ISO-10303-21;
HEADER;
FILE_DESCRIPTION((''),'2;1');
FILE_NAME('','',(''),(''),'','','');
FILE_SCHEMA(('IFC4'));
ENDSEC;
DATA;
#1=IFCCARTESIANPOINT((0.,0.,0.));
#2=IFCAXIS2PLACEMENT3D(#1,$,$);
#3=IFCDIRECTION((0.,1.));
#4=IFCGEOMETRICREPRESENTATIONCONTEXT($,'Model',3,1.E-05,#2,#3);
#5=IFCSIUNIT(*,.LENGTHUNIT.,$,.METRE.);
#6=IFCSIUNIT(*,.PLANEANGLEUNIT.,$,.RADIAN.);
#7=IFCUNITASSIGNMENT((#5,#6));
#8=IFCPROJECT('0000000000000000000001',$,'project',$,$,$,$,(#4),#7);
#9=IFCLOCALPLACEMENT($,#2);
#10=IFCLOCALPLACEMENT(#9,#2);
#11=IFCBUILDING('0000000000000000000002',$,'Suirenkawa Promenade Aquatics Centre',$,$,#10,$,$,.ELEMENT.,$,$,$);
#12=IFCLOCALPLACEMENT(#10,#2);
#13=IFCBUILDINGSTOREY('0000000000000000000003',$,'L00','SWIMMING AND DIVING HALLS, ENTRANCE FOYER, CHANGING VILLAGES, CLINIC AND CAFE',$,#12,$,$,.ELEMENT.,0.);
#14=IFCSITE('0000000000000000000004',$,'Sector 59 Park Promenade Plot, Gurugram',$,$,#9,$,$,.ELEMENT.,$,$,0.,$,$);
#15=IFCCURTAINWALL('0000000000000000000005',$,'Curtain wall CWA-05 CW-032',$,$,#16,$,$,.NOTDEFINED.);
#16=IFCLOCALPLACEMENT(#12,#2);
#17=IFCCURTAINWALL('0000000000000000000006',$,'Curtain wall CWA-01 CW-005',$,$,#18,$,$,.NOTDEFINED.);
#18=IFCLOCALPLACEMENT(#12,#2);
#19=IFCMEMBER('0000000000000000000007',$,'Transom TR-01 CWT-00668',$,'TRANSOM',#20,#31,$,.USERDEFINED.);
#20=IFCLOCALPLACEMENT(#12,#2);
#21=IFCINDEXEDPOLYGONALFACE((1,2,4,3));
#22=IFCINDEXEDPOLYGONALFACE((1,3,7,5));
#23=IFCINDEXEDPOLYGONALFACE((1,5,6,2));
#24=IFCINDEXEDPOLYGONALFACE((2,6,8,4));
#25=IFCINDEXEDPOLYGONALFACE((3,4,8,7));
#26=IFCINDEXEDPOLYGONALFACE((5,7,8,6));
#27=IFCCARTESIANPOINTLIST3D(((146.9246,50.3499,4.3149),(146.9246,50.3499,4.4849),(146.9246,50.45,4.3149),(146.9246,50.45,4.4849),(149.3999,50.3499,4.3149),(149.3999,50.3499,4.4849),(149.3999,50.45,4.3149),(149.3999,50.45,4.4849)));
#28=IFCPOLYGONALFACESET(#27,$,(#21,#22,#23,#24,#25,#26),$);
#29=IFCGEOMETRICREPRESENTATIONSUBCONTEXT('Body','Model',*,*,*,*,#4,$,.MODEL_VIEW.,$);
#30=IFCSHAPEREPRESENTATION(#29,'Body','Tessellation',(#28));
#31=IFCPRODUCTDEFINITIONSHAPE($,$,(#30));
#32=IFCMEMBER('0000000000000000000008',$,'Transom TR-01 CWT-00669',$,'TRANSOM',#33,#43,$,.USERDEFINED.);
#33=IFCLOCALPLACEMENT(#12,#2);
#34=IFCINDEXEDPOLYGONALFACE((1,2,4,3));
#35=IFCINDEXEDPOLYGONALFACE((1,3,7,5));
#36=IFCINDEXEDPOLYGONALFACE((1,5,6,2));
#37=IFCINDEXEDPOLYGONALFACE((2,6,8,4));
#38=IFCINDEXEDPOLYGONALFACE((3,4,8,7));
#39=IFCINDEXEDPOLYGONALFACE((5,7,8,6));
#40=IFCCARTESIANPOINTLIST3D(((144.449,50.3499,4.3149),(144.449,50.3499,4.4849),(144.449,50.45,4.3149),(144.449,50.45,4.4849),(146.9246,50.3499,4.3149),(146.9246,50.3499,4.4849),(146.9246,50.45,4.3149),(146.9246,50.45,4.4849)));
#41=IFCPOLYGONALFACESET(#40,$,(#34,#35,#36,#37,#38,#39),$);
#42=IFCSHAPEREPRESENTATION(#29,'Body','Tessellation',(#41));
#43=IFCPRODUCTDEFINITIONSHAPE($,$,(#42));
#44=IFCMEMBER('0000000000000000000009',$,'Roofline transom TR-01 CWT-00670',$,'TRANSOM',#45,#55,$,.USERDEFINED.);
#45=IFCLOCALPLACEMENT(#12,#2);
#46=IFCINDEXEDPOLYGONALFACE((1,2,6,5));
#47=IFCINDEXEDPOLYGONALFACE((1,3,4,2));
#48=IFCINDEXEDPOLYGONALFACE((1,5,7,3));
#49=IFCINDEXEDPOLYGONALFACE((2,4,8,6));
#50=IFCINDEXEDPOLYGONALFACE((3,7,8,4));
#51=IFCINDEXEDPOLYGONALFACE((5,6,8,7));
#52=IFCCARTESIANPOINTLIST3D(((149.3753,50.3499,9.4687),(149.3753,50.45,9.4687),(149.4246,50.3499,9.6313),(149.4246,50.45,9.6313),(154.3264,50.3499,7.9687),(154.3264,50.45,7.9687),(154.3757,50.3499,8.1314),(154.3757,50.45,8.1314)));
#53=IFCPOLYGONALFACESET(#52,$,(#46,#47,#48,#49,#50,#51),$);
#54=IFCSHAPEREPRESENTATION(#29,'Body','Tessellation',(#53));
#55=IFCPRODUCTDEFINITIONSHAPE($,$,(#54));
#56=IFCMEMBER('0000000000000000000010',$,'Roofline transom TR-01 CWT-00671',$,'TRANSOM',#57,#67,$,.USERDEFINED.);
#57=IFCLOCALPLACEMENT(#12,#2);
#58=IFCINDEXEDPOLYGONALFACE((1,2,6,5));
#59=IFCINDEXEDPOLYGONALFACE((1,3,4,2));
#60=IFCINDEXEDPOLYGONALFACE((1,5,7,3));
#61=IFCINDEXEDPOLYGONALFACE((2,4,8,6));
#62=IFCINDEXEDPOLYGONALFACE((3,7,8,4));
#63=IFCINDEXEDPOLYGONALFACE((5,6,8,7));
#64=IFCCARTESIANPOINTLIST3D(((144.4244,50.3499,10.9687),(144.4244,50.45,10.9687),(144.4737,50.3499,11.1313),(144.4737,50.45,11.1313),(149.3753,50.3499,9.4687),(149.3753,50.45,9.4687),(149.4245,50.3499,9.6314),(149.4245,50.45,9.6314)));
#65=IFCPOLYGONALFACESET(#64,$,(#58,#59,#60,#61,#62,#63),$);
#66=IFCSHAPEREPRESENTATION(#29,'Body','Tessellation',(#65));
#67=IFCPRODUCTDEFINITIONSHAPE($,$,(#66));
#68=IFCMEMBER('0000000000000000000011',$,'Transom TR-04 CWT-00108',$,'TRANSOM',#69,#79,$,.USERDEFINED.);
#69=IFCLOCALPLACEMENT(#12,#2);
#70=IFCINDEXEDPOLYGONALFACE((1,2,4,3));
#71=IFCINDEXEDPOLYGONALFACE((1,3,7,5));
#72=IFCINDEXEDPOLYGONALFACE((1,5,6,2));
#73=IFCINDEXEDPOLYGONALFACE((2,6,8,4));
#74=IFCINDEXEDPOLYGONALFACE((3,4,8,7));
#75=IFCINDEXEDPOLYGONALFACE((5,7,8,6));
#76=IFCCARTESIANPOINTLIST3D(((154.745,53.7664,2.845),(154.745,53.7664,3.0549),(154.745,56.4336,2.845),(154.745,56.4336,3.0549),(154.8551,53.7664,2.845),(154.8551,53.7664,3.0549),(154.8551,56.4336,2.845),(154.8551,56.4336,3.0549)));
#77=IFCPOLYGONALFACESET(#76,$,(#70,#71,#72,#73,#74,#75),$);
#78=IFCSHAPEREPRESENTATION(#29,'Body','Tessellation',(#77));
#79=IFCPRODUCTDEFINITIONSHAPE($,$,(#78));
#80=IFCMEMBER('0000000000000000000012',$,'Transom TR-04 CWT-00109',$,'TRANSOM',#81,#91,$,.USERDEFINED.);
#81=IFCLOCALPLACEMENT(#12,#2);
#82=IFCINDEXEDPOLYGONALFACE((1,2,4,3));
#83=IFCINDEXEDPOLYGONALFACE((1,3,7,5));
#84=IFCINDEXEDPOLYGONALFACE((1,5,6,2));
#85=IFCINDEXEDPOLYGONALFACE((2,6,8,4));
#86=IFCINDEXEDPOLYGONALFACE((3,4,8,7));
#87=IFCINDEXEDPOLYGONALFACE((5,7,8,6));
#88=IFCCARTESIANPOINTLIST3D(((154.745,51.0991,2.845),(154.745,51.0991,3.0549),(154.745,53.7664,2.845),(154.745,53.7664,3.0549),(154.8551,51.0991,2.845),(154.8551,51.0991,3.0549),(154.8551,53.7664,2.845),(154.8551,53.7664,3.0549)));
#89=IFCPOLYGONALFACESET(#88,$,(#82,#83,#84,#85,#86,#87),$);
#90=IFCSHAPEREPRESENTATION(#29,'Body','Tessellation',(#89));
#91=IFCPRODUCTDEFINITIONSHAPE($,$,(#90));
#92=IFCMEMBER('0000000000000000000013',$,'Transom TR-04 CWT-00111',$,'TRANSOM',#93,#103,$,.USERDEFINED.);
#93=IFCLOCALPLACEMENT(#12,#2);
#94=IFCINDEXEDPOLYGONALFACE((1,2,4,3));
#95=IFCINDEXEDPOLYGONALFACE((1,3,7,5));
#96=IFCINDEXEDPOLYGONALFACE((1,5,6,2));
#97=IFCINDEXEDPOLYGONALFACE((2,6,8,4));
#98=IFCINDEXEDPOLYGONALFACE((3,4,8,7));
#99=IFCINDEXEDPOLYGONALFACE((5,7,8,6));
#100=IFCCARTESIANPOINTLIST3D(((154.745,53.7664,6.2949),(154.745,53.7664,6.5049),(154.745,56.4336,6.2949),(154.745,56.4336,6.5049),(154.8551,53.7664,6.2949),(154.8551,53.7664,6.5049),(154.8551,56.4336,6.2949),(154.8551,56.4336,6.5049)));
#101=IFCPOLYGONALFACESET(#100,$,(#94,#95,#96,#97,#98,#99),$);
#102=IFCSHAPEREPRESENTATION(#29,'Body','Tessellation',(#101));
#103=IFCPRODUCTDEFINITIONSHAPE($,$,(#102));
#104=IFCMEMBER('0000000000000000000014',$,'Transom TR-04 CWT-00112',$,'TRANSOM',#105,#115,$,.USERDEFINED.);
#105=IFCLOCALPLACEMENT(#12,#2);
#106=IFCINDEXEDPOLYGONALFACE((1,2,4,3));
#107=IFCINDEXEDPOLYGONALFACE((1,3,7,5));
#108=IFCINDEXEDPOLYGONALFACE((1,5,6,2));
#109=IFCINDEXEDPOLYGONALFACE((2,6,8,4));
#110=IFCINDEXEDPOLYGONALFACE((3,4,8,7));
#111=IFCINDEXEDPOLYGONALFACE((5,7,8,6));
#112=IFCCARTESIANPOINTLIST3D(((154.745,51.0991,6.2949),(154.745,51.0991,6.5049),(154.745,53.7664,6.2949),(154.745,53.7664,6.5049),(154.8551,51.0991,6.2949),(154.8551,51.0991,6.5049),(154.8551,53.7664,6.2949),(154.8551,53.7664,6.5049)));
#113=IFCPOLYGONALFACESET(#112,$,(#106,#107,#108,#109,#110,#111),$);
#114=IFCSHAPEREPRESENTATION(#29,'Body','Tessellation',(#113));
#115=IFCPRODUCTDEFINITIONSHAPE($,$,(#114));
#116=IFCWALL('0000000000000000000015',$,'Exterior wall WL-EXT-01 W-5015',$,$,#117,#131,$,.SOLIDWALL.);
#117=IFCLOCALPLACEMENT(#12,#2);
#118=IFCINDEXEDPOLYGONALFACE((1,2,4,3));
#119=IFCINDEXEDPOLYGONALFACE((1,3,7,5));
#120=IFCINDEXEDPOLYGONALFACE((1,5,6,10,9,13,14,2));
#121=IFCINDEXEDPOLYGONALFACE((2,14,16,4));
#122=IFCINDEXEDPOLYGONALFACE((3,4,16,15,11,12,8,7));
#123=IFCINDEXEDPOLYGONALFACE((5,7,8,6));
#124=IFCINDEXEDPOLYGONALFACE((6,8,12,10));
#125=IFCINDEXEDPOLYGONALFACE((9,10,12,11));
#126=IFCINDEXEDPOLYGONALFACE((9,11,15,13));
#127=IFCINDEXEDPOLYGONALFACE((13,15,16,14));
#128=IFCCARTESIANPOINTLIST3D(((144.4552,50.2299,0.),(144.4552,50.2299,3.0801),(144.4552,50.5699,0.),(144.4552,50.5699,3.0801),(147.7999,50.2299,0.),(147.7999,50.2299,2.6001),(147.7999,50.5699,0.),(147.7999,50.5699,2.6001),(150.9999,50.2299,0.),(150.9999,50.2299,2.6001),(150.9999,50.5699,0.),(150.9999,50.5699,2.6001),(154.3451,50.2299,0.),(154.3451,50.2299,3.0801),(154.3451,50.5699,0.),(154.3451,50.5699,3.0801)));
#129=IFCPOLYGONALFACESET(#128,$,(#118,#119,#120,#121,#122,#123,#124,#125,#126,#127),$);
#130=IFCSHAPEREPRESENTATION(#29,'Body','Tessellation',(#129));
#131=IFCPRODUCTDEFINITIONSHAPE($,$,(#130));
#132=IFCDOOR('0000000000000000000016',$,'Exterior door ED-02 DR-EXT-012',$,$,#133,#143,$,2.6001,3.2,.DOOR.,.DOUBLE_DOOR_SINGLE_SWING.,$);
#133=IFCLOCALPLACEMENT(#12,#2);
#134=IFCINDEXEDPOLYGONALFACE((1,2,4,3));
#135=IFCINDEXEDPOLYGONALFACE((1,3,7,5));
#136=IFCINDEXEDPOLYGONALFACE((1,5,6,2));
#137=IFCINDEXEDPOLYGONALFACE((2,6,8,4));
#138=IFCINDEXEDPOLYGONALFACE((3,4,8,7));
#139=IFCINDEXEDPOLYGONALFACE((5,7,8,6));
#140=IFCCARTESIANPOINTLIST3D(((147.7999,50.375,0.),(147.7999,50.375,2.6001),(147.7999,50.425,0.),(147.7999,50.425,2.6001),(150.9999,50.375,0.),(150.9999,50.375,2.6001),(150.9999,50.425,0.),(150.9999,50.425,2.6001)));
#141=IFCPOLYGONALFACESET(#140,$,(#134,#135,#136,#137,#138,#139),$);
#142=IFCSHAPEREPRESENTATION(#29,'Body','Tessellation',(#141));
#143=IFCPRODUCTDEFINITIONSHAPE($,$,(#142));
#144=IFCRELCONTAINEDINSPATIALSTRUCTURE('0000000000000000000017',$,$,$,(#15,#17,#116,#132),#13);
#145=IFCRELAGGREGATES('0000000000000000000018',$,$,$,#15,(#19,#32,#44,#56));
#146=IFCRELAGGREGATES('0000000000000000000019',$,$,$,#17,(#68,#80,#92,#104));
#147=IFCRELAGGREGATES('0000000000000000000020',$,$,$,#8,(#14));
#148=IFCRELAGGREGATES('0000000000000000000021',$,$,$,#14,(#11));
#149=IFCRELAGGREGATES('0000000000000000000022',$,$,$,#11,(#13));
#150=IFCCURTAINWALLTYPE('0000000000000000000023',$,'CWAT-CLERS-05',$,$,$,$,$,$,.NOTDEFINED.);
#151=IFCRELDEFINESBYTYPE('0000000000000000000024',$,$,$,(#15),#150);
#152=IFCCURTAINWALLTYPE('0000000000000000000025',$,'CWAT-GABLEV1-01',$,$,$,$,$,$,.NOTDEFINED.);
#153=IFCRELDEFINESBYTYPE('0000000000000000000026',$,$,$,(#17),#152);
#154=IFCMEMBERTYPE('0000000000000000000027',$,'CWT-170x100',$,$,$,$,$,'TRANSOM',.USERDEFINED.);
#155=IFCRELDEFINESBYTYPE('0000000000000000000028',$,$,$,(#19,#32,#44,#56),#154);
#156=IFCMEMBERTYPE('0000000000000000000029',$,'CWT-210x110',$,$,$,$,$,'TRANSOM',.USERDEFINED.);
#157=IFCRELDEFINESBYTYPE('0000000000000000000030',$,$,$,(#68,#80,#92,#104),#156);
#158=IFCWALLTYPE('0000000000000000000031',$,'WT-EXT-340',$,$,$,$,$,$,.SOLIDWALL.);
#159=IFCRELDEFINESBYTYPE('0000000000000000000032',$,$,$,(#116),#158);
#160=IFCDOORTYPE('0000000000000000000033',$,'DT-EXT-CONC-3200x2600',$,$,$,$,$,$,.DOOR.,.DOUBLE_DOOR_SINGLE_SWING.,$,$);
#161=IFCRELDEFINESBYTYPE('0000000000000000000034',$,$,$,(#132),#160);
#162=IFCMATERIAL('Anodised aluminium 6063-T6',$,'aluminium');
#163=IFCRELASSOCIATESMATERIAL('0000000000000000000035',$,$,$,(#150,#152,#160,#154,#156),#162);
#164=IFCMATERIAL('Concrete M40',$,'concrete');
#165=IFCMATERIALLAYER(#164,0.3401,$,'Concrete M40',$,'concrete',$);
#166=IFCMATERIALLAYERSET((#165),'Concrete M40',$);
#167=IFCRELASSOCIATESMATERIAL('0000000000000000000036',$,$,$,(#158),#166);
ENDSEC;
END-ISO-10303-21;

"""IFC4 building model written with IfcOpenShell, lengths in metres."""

from ifc_helpers import new_model, si_unit, direction, frame, frame_2d, origin, origin_2d, place, context, subcontext, project, spatial, rectangle, extrude, material, layer, layer_set, material_profile, profile_set, type_object, element, fill, aggregate, save


model = new_model("IFC4")

# Units and contexts
model_context = context("Model", 3, precision=1e-05, world=origin(), true_north=direction((0.0, 1.0)))
body_context = subcontext(model_context, "Body", "Model", "MODEL_VIEW")
ifc_project = project(units=[si_unit("LENGTHUNIT", "METRE"), si_unit("PLANEANGLEUNIT", "RADIAN")], contexts=[model_context])

# Site, building, storey
site_placement = place(None, origin())
site = spatial("IfcSite", under=ifc_project, at=site_placement, Name="Sector 59 Park Promenade Plot, Gurugram", CompositionType="ELEMENT", RefElevation=0.0)
building_placement = place(site_placement, origin())
building = spatial("IfcBuilding", under=site, at=building_placement, Name="Suirenkawa Promenade Aquatics Centre", CompositionType="ELEMENT")
storey_placement = place(building_placement, origin())
storey = spatial("IfcBuildingStorey", under=building, at=storey_placement, Name="L00", Description="SWIMMING AND DIVING HALLS, ENTRANCE FOYER, CHANGING VILLAGES, CLINIC AND CAFE", CompositionType="ELEMENT", Elevation=0.0)

# Shared definitions
ifc_material_1 = material(Name="Concrete M40", Category="concrete")

# Curtain walls
ifc_material_2 = material(Name="Anodised aluminium 6063-T6", Category="aluminium")
curtain_wall_type_1 = type_object("IfcCurtainWallType", Name="CWAT-CLERS-05", PredefinedType="NOTDEFINED", material=ifc_material_2)
curtain_wall_1_placement = place(storey_placement, origin())
curtain_wall_1 = element("IfcCurtainWall", 1, at=curtain_wall_1_placement, inside=storey, type_object=curtain_wall_type_1, Name="Curtain wall CWA-05 CW-032", PredefinedType="NOTDEFINED")
curtain_wall_type_2 = type_object("IfcCurtainWallType", Name="CWAT-GABLEV1-01", PredefinedType="NOTDEFINED", material=ifc_material_2)
curtain_wall_2_placement = place(storey_placement, origin())
curtain_wall_2 = element("IfcCurtainWall", 2, at=curtain_wall_2_placement, inside=storey, type_object=curtain_wall_type_2, Name="Curtain wall CWA-01 CW-005", PredefinedType="NOTDEFINED")

# Members
ifc_material_profile_1 = material_profile(ifc_material_2, rectangle(XDim=0.1001, YDim=0.1699, at=origin_2d()), Name="ALU TRAN 100x170", Category="aluminium")
ifc_profile_set_1 = profile_set([ifc_material_profile_1], Name="Anodised aluminium 6063-T6")
member_type_1 = type_object("IfcMemberType", Name="CWT-170x100", ElementType="TRANSOM", PredefinedType="USERDEFINED", material=ifc_profile_set_1)
member_1_placement = place(storey_placement, frame((149.3999, 50.3999, 4.3999), z_axis=(-1.0, 0.0, 0.0), x_axis=(0.0, -1.0, 0.0)))
member_1 = element("IfcMember", 3, at=member_1_placement, type_object=member_type_1, Name="Transom TR-01 CWT-00668", ObjectType="TRANSOM", PredefinedType="USERDEFINED", context=body_context, shape_type="SweptSolid", body=[
    extrude(rectangle(XDim=0.1001, YDim=0.1699, at=origin_2d()), origin(), (0.0, 0.0, 1.0), 2.4753),
])
member_2_placement = place(storey_placement, frame((146.9246, 50.3999, 4.3999), z_axis=(-1.0, 0.0, 0.0), x_axis=(0.0, -1.0, 0.0)))
member_2 = element("IfcMember", 4, at=member_2_placement, type_object=member_type_1, Name="Transom TR-01 CWT-00669", ObjectType="TRANSOM", PredefinedType="USERDEFINED", context=body_context, shape_type="SweptSolid", body=[
    extrude(rectangle(XDim=0.1001, YDim=0.1699, at=origin_2d()), origin(), (0.0, 0.0, 1.0), 2.4756),
])
member_3_placement = place(storey_placement, frame((154.3511, 50.3999, 8.05), z_axis=(-0.957043, 0.0, 0.289945), x_axis=(0.0, -1.0, 0.0)))
member_3 = element("IfcMember", 5, at=member_3_placement, type_object=member_type_1, Name="Roofline transom TR-01 CWT-00670", ObjectType="TRANSOM", PredefinedType="USERDEFINED", context=body_context, shape_type="SweptSolid", body=[
    extrude(rectangle(XDim=0.1001, YDim=0.1699, at=origin_2d()), origin(), (0.0, 0.0, 1.0), 5.1733),
])
member_4_placement = place(storey_placement, frame((149.3999, 50.3999, 9.55), z_axis=(-0.957039, 0.0, 0.289958), x_axis=(0.0, -1.0, 0.0)))
member_4 = element("IfcMember", 6, at=member_4_placement, type_object=member_type_1, Name="Roofline transom TR-01 CWT-00671", ObjectType="TRANSOM", PredefinedType="USERDEFINED", context=body_context, shape_type="SweptSolid", body=[
    extrude(rectangle(XDim=0.1001, YDim=0.1699, at=origin_2d()), origin(), (0.0, 0.0, 1.0), 5.1731),
])
ifc_material_profile_2 = material_profile(ifc_material_2, rectangle(XDim=0.1101, YDim=0.21, at=origin_2d()), Name="ALU TRAN 110x210", Category="aluminium")
ifc_profile_set_2 = profile_set([ifc_material_profile_2], Name="Anodised aluminium 6063-T6")
member_type_2 = type_object("IfcMemberType", Name="CWT-210x110", ElementType="TRANSOM", PredefinedType="USERDEFINED", material=ifc_profile_set_2)
member_5_placement = place(storey_placement, frame((154.8, 56.4336, 2.95), z_axis=(0.0, -1.0, 0.0), x_axis=(1.0, 0.0, 0.0)))
member_5 = element("IfcMember", 7, at=member_5_placement, type_object=member_type_2, Name="Transom TR-04 CWT-00108", ObjectType="TRANSOM", PredefinedType="USERDEFINED", context=body_context, shape_type="SweptSolid", body=[
    extrude(rectangle(XDim=0.1101, YDim=0.21, at=origin_2d()), origin(), (0.0, 0.0, 1.0), 2.6672),
])
member_6_placement = place(storey_placement, frame((154.8, 53.7664, 2.95), z_axis=(0.0, -1.0, 0.0), x_axis=(1.0, 0.0, 0.0)))
member_6 = element("IfcMember", 8, at=member_6_placement, type_object=member_type_2, Name="Transom TR-04 CWT-00109", ObjectType="TRANSOM", PredefinedType="USERDEFINED", context=body_context, shape_type="SweptSolid", body=[
    extrude(rectangle(XDim=0.1101, YDim=0.21, at=origin_2d()), origin(), (0.0, 0.0, 1.0), 2.6672),
])
member_7_placement = place(storey_placement, frame((154.8, 56.4336, 6.3999), z_axis=(0.0, -1.0, 0.0), x_axis=(1.0, 0.0, 0.0)))
member_7 = element("IfcMember", 9, at=member_7_placement, type_object=member_type_2, Name="Transom TR-04 CWT-00111", ObjectType="TRANSOM", PredefinedType="USERDEFINED", context=body_context, shape_type="SweptSolid", body=[
    extrude(rectangle(XDim=0.1101, YDim=0.21, at=origin_2d()), origin(), (0.0, 0.0, 1.0), 2.6672),
])
member_8_placement = place(storey_placement, frame((154.8, 53.7664, 6.3999), z_axis=(0.0, -1.0, 0.0), x_axis=(1.0, 0.0, 0.0)))
member_8 = element("IfcMember", 10, at=member_8_placement, type_object=member_type_2, Name="Transom TR-04 CWT-00112", ObjectType="TRANSOM", PredefinedType="USERDEFINED", context=body_context, shape_type="SweptSolid", body=[
    extrude(rectangle(XDim=0.1101, YDim=0.21, at=origin_2d()), origin(), (0.0, 0.0, 1.0), 2.6672),
])

aggregate(curtain_wall_1, [member_1, member_2, member_3, member_4])
aggregate(curtain_wall_2, [member_5, member_6, member_7, member_8])

# Wall, opening, door
ifc_layer_1 = layer(ifc_material_1, 0.3401, Name="Concrete M40", Category="concrete")
ifc_layer_set_1 = layer_set([ifc_layer_1], Name="Concrete M40")
wall_type = type_object("IfcWallType", Name="WT-EXT-340", PredefinedType="SOLIDWALL", material=ifc_layer_set_1)
wall_placement = place(storey_placement, frame((154.345, 50.3999, 0.0), z_axis=(0.0, 0.0, 1.0), x_axis=(-1.0, 0.0, 0.0)))
wall = element("IfcWall", 11, at=wall_placement, inside=storey, type_object=wall_type, Name="Exterior wall WL-EXT-01 W-5015", PredefinedType="SOLIDWALL", context=body_context, shape_type="SweptSolid", body=[
    extrude(rectangle(XDim=9.8899, YDim=0.3401, at=frame_2d((4.9448, 0.0))), origin(), (0.0, 0.0, 1.0), 3.0801),
])
opening_placement = place(wall_placement, frame((3.345, 0.0, 0.0)))
opening = element("IfcOpeningElement", 12, at=opening_placement, cuts=wall, PredefinedType="OPENING", context=body_context, shape_type="SweptSolid", body=[
    extrude(rectangle(XDim=3.2, YDim=2.6001, at=frame_2d((1.6001, 1.3))), frame((0.0, 0.1799, 0.0), z_axis=(0.0, -1.0, 0.0), x_axis=(1.0, 0.0, 0.0)), (0.0, 0.0, 1.0), 0.3601),
])
door_type = type_object("IfcDoorType", Name="DT-EXT-CONC-3200x2600", OperationType="DOUBLE_DOOR_SINGLE_SWING", PredefinedType="DOOR", material=ifc_material_2)
door_placement = place(opening_placement, origin())
door = element("IfcDoor", 13, at=door_placement, inside=storey, type_object=door_type, Name="Exterior door ED-02 DR-EXT-012", OperationType="DOUBLE_DOOR_SINGLE_SWING", OverallHeight=2.6001, OverallWidth=3.2, PredefinedType="DOOR", context=body_context, shape_type="SweptSolid", body=[
    extrude(rectangle(XDim=3.2, YDim=2.6001, at=frame_2d((1.6001, 1.3))), frame((0.0, 0.0249, 0.0), z_axis=(0.0, -1.0, 0.0), x_axis=(1.0, 0.0, 0.0)), (0.0, 0.0, 1.0), 0.05),
])
fill(opening, door)

save(model, "model.ifc")
